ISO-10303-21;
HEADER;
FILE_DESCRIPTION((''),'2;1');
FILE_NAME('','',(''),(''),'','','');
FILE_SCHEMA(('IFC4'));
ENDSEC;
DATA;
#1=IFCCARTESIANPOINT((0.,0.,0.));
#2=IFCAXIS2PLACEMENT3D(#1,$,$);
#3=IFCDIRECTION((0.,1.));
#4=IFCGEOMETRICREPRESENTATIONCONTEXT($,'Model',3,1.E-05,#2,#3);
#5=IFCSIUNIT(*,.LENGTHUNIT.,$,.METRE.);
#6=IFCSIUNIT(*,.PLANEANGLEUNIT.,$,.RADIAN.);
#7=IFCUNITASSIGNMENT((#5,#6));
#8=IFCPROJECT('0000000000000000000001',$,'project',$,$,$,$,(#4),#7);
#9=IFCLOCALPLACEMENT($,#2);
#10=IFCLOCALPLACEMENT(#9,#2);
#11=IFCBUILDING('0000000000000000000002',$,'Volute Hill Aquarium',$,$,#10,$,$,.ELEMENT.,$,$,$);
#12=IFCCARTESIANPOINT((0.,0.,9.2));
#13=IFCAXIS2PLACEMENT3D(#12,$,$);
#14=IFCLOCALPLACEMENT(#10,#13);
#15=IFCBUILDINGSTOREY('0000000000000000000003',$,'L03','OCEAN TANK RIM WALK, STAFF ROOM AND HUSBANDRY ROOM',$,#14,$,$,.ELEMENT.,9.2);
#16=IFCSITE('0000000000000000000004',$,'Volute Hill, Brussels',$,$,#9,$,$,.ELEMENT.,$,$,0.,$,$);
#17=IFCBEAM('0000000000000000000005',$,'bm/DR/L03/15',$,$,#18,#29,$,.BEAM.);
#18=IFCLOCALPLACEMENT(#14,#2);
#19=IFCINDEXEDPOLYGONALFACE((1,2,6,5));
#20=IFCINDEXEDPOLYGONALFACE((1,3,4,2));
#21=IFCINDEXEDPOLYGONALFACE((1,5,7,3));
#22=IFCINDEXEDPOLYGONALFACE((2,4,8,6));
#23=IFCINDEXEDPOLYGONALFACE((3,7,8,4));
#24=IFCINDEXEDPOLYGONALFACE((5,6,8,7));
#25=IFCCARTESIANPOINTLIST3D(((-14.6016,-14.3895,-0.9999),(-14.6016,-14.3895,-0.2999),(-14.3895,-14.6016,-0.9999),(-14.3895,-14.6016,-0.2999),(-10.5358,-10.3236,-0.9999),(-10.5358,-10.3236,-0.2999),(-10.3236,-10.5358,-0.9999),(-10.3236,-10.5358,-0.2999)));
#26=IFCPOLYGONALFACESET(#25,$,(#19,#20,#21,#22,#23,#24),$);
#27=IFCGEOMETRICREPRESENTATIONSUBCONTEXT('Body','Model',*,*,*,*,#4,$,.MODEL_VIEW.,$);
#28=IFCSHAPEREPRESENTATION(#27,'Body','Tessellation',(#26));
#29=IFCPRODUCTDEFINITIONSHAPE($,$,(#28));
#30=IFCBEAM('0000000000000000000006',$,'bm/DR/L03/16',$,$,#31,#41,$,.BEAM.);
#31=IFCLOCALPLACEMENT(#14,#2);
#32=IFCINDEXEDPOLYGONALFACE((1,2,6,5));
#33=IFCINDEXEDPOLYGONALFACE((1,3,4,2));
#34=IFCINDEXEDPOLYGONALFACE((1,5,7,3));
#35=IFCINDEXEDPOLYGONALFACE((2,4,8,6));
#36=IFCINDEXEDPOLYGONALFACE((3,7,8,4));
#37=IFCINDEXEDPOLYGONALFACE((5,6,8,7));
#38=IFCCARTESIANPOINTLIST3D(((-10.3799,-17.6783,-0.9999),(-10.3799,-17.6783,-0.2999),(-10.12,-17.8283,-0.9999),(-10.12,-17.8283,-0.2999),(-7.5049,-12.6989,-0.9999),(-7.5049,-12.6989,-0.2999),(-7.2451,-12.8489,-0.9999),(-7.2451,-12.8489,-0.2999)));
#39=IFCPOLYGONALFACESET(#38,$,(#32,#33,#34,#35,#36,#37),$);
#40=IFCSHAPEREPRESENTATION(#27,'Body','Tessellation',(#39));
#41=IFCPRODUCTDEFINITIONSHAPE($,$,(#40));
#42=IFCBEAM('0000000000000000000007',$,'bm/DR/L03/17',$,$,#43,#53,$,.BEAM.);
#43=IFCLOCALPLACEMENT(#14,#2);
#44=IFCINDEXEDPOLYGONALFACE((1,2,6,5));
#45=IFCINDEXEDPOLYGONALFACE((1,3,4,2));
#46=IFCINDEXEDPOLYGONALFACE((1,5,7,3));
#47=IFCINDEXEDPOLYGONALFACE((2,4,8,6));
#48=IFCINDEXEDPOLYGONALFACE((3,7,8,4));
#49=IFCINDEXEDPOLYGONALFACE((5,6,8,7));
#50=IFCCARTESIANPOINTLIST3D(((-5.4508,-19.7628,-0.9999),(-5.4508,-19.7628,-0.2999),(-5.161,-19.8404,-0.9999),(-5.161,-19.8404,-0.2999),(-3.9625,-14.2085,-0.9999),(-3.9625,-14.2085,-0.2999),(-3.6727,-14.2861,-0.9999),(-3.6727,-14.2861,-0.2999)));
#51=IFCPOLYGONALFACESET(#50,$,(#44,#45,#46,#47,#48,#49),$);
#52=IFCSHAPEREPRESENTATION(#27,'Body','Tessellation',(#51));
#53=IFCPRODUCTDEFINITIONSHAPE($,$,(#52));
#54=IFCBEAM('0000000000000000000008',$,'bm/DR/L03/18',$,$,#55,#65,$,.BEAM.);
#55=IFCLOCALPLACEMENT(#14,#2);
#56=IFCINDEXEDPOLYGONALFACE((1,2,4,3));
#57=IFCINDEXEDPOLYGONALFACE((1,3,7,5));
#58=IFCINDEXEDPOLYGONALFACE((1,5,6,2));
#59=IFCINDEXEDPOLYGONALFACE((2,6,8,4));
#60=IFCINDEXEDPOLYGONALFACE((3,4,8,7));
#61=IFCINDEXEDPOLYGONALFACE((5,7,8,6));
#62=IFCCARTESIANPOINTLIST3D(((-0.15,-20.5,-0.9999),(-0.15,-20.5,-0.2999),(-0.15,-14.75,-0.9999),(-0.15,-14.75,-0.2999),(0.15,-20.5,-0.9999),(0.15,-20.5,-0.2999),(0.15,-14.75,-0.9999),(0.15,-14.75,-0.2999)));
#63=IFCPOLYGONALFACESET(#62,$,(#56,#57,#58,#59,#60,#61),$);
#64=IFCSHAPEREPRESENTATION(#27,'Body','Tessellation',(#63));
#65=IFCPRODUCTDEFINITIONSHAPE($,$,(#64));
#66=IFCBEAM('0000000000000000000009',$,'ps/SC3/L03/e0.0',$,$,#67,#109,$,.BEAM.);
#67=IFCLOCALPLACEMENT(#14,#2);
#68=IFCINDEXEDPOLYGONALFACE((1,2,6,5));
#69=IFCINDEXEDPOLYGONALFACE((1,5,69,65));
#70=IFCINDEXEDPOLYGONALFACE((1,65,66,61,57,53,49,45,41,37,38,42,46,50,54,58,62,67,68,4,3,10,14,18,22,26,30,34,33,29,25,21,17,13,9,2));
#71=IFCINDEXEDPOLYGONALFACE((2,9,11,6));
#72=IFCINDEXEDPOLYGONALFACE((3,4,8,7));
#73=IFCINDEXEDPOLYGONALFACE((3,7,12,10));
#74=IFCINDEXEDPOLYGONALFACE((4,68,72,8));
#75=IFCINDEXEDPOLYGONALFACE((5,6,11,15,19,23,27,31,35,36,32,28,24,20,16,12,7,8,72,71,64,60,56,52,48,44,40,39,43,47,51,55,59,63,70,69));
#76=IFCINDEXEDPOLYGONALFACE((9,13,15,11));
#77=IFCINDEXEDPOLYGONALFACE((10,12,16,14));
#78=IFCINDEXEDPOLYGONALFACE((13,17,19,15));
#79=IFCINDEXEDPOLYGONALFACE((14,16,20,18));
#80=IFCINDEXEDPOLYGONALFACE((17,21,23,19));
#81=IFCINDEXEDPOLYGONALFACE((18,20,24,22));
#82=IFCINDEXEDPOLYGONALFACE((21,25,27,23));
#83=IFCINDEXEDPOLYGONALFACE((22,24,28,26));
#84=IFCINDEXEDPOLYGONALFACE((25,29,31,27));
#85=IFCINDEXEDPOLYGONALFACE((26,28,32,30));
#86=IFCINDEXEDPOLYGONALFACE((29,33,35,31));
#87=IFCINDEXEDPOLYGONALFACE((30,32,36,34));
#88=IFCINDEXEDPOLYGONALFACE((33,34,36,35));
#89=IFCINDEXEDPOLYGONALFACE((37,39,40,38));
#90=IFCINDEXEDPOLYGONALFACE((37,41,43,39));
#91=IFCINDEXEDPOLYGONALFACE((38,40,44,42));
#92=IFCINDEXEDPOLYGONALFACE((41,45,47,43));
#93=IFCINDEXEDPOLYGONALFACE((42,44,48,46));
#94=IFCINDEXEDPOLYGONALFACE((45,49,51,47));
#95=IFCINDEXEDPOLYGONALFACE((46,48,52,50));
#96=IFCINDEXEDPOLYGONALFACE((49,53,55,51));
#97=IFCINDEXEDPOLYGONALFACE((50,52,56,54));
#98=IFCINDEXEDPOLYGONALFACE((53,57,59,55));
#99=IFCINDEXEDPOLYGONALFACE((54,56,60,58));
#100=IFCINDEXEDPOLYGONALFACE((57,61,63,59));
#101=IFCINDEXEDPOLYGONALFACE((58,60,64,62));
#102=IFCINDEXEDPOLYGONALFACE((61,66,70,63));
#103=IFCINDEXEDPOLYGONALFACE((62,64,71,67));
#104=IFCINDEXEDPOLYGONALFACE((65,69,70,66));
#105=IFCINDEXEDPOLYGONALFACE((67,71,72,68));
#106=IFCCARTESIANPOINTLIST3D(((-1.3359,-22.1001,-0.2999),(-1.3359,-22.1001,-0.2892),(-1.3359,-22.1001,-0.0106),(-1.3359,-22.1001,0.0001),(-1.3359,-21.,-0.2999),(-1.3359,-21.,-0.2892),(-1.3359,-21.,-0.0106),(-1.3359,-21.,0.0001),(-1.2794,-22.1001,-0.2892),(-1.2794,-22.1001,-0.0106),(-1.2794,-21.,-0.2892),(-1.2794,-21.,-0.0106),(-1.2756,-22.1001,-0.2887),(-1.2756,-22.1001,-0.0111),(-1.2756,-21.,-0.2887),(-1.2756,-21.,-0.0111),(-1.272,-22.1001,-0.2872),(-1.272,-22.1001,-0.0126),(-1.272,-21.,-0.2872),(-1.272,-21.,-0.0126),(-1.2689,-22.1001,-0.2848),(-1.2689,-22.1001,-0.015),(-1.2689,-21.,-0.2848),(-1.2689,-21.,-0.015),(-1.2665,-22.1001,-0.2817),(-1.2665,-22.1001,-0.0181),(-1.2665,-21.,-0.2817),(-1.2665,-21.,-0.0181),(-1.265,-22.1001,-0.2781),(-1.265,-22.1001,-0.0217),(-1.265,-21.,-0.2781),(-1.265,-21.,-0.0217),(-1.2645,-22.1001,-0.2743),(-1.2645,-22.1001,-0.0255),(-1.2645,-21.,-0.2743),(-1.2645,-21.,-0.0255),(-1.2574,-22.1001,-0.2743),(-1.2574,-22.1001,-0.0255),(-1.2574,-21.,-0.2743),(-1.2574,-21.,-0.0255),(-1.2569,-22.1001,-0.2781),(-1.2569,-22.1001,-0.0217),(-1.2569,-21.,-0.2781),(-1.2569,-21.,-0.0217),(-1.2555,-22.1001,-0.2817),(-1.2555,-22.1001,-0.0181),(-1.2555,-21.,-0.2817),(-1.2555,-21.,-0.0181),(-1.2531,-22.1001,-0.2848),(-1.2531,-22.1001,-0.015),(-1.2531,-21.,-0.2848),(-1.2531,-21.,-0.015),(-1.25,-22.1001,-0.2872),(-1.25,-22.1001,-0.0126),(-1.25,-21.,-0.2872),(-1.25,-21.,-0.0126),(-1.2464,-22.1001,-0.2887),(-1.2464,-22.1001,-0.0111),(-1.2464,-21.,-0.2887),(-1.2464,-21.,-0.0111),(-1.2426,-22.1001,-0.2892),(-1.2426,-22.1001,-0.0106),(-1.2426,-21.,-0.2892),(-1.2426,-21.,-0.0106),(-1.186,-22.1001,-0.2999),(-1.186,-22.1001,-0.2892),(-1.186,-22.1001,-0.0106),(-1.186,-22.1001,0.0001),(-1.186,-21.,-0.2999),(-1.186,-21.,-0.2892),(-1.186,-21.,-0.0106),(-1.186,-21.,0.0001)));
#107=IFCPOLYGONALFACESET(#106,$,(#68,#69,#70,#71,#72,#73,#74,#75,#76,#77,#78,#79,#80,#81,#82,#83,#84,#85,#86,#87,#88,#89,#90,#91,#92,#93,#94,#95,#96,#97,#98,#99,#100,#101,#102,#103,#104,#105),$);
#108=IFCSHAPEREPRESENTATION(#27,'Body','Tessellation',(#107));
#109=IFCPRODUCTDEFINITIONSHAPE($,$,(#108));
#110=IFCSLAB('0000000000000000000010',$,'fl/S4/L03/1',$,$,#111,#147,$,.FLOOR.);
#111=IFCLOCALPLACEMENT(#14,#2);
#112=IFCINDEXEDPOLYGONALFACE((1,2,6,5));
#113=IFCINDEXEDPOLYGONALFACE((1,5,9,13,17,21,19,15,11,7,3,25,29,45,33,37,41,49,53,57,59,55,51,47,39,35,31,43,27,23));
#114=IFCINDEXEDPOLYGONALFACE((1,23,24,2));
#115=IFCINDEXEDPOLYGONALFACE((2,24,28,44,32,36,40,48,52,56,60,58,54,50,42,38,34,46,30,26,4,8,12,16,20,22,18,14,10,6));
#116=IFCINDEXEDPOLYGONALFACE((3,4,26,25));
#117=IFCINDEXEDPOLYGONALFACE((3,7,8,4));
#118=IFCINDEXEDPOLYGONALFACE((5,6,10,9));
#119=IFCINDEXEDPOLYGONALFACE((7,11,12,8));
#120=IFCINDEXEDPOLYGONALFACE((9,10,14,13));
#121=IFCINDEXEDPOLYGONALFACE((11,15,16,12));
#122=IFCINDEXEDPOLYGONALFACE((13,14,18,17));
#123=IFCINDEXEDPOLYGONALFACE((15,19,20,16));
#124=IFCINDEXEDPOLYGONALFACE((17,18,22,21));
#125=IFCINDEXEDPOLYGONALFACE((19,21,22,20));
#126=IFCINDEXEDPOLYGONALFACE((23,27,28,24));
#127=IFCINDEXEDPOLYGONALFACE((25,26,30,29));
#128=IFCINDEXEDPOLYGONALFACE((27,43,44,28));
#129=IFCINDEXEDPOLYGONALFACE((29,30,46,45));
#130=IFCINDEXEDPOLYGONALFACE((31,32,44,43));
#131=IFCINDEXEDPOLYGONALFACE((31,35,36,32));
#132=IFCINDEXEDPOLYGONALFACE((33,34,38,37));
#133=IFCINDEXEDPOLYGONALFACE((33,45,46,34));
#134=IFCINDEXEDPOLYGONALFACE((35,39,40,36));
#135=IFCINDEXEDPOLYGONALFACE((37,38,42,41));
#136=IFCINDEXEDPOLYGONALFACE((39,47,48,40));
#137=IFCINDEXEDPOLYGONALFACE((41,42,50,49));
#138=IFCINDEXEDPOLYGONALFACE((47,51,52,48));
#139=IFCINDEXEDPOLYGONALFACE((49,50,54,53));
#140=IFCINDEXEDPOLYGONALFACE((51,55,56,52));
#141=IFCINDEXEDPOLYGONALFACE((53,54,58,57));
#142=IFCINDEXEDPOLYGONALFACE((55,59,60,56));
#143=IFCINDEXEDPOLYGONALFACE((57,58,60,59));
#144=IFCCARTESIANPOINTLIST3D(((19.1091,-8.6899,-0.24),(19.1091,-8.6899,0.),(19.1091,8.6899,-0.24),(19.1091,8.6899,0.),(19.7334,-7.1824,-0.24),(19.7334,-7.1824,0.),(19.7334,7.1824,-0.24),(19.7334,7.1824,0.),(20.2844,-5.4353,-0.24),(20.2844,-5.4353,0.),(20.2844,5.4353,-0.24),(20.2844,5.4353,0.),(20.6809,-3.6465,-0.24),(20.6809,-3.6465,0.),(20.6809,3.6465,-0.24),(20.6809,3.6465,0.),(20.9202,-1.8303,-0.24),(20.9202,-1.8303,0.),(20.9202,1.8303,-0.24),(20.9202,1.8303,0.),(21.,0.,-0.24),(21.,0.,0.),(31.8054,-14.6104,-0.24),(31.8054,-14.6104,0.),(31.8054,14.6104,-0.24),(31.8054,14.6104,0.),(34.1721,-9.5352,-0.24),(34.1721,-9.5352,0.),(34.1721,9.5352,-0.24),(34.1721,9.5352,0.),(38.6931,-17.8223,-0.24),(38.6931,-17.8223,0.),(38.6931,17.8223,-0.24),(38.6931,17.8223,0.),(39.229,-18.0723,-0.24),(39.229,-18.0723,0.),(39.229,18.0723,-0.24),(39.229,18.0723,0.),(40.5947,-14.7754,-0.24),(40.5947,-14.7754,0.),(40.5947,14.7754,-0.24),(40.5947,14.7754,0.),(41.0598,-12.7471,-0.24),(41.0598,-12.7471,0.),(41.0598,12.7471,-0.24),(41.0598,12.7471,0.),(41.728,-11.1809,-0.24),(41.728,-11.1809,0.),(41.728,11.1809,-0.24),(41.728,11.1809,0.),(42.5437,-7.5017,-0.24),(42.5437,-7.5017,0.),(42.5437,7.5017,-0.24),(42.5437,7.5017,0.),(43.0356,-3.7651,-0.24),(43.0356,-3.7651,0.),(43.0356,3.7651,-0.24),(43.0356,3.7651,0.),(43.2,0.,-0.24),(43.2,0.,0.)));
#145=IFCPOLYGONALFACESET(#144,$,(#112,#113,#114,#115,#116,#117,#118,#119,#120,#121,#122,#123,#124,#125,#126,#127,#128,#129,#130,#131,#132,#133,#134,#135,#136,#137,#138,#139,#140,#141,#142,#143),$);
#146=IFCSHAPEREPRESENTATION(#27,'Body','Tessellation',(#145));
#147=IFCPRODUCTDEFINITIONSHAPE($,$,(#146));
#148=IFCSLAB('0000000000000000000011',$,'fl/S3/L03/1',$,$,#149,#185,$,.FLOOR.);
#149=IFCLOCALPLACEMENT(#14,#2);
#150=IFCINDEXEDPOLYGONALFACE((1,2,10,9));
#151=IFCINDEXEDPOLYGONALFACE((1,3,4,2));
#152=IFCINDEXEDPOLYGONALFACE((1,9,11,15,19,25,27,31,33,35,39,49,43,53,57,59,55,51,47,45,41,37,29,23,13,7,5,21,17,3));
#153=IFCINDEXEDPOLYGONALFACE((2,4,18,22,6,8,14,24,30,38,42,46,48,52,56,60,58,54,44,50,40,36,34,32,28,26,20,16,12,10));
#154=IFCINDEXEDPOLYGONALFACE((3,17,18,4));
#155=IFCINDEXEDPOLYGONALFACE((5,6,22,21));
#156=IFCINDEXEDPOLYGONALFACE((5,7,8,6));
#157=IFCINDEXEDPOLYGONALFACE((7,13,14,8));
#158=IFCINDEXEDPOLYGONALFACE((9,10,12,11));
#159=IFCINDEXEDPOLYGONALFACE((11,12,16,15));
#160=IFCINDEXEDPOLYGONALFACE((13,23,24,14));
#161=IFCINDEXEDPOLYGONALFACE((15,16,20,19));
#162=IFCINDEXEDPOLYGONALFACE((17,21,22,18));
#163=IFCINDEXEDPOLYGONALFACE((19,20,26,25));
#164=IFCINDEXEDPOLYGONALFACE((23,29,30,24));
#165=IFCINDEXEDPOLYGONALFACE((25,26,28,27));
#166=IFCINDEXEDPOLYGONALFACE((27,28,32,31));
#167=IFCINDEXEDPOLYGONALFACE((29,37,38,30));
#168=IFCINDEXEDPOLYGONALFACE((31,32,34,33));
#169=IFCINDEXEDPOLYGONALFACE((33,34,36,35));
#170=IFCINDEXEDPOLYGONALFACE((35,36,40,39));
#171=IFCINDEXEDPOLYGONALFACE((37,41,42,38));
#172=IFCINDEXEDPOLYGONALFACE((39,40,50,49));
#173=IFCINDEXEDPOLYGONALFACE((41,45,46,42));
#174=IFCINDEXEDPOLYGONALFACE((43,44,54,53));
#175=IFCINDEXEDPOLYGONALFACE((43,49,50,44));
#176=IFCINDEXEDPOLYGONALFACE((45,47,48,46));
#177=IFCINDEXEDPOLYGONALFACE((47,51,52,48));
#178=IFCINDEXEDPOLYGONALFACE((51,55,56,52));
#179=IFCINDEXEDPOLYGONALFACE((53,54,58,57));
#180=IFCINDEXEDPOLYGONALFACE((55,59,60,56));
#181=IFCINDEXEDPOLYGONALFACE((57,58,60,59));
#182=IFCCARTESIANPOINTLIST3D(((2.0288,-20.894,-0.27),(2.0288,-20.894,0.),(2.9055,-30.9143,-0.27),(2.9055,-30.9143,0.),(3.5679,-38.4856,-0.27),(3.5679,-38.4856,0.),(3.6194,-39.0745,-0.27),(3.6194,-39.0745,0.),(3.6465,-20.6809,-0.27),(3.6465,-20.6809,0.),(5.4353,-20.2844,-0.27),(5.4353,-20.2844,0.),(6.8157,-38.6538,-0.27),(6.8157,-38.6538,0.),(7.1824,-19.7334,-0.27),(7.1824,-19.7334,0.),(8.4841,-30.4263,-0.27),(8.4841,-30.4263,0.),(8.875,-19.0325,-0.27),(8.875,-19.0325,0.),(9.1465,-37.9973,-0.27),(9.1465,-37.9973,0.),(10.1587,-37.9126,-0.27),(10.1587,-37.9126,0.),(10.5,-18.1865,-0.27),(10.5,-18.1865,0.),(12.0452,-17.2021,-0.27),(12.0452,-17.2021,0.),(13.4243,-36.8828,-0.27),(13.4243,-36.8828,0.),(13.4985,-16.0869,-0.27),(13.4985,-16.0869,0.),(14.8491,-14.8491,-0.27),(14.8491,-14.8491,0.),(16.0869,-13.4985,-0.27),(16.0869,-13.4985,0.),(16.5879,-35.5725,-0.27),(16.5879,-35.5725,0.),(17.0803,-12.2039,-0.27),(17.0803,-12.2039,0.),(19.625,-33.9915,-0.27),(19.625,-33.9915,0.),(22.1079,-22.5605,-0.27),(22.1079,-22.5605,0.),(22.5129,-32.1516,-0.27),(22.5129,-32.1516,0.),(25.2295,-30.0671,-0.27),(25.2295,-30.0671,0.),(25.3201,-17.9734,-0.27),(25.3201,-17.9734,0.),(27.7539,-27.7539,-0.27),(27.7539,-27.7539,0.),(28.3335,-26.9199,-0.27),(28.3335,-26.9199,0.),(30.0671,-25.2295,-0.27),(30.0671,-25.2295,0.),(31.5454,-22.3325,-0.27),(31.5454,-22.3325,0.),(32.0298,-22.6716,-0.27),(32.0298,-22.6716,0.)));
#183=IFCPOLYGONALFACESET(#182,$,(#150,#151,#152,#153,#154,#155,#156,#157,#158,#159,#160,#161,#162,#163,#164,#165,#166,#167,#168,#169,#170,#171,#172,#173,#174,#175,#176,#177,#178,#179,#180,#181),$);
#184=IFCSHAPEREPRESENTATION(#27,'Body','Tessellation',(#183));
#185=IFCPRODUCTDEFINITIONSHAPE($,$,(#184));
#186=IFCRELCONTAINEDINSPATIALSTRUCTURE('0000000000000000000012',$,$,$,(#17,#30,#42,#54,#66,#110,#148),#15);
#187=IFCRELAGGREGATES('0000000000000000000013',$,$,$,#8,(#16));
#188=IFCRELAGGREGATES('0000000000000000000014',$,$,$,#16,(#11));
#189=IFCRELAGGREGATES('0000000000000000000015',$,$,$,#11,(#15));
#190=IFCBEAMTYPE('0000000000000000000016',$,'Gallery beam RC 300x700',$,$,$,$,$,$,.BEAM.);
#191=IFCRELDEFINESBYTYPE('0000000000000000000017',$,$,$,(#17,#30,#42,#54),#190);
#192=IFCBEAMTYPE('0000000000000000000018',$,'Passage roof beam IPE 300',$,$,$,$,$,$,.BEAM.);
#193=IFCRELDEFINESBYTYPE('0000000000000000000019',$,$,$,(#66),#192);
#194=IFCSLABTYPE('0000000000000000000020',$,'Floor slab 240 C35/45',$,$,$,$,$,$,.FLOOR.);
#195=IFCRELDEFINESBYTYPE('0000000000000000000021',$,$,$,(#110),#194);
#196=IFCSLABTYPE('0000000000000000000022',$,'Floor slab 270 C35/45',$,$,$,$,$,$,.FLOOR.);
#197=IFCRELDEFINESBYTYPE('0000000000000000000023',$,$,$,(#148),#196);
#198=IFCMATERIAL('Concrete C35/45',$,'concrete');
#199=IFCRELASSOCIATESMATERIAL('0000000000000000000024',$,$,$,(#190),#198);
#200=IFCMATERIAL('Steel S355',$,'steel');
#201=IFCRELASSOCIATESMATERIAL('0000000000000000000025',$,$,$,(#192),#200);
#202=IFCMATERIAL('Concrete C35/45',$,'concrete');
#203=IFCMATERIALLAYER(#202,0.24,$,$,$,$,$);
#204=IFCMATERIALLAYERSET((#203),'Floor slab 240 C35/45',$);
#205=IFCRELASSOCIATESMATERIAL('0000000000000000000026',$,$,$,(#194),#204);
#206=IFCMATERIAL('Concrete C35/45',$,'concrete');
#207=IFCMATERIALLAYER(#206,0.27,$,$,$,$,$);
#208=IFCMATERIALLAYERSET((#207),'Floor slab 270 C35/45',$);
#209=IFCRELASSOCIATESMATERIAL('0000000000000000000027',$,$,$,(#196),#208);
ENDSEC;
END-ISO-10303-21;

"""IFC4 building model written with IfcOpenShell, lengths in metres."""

from ifc_helpers import new_model, si_unit, direction, frame, origin, origin_2d, place, context, subcontext, project, spatial, polyline, rectangle, i_section, outline, extrude, material, layer, layer_set, material_profile, profile_set, type_object, element, save


model = new_model("IFC4")

# Units and contexts
model_context = context("Model", 3, precision=1e-05, world=origin(), true_north=direction((0.0, 1.0)))
body_context = subcontext(model_context, "Body", "Model", "MODEL_VIEW")
ifc_project = project(units=[si_unit("LENGTHUNIT", "METRE"), si_unit("PLANEANGLEUNIT", "RADIAN")], contexts=[model_context])

# Site, building, storey
site_placement = place(None, origin())
site = spatial("IfcSite", under=ifc_project, at=site_placement, Name="Volute Hill, Brussels", CompositionType="ELEMENT", RefElevation=0.0)
building_placement = place(site_placement, origin())
building = spatial("IfcBuilding", under=site, at=building_placement, Name="Volute Hill Aquarium", CompositionType="ELEMENT")
storey_placement = place(building_placement, frame((0.0, 0.0, 9.2)))
storey = spatial("IfcBuildingStorey", under=building, at=storey_placement, Name="L03", Description="OCEAN TANK RIM WALK, STAFF ROOM AND HUSBANDRY ROOM", CompositionType="ELEMENT", Elevation=9.2)

# Beams
ifc_material_1 = material(Name="Concrete C35/45", Category="concrete")
ifc_material_profile_1 = material_profile(ifc_material_1, rectangle(XDim=0.3, YDim=0.7, at=origin_2d()), Name="RC beam 300x700")
ifc_profile_set_1 = profile_set([ifc_material_profile_1], Name="Concrete C35/45")
beam_type_1 = type_object("IfcBeamType", Name="Gallery beam RC 300x700", PredefinedType="BEAM", material=ifc_profile_set_1)
beam_1_placement = place(storey_placement, frame((-10.4297, -10.4297, -0.6499), z_axis=(-0.707107, -0.707107, 0.0), x_axis=(0.707107, -0.707107, 0.0)))
element("IfcBeam", 1, at=beam_1_placement, inside=storey, type_object=beam_type_1, Name="bm/DR/L03/15", PredefinedType="BEAM", context=body_context, shape_type="SweptSolid", body=[
    extrude(rectangle(XDim=0.3, YDim=0.7, at=origin_2d()), origin(), (0.0, 0.0, 1.0), 5.75),
])
beam_2_placement = place(storey_placement, frame((-7.375, -12.7739, -0.6499), z_axis=(-0.500012, -0.866019, 0.0), x_axis=(0.866019, -0.500012, 0.0)))
element("IfcBeam", 2, at=beam_2_placement, inside=storey, type_object=beam_type_1, Name="bm/DR/L03/16", PredefinedType="BEAM", context=body_context, shape_type="SweptSolid", body=[
    extrude(rectangle(XDim=0.3, YDim=0.7, at=origin_2d()), origin(), (0.0, 0.0, 1.0), 5.7498),
])
beam_3_placement = place(storey_placement, frame((-3.8176, -14.2473, -0.6499), z_axis=(-0.258825, -0.965924, 0.0), x_axis=(0.965924, -0.258825, 0.0)))
element("IfcBeam", 3, at=beam_3_placement, inside=storey, type_object=beam_type_1, Name="bm/DR/L03/17", PredefinedType="BEAM", context=body_context, shape_type="SweptSolid", body=[
    extrude(rectangle(XDim=0.3, YDim=0.7, at=origin_2d()), origin(), (0.0, 0.0, 1.0), 5.7502),
])
beam_4_placement = place(storey_placement, frame((0.0, -14.75, -0.6499), z_axis=(0.0, -1.0, 0.0), x_axis=(1.0, 0.0, 0.0)))
element("IfcBeam", 4, at=beam_4_placement, inside=storey, type_object=beam_type_1, Name="bm/DR/L03/18", PredefinedType="BEAM", context=body_context, shape_type="SweptSolid", body=[
    extrude(rectangle(XDim=0.3, YDim=0.7, at=origin_2d()), origin(), (0.0, 0.0, 1.0), 5.75),
])
ifc_material_2 = material(Name="Steel S355", Category="steel")
ifc_material_profile_2 = material_profile(ifc_material_2, i_section(OverallWidth=0.1499, OverallDepth=0.3, WebThickness=0.0071, FlangeThickness=0.0107, FilletRadius=0.0149, at=origin_2d()), Name="IPE 300")
ifc_profile_set_2 = profile_set([ifc_material_profile_2], Name="Steel S355")
beam_type_2 = type_object("IfcBeamType", Name="Passage roof beam IPE 300", PredefinedType="BEAM", material=ifc_profile_set_2)
beam_5_placement = place(storey_placement, frame((-1.261, -21.0, -0.1499), z_axis=(0.0, -1.0, 0.0), x_axis=(1.0, 0.0, 0.0)))
element("IfcBeam", 5, at=beam_5_placement, inside=storey, type_object=beam_type_2, Name="ps/SC3/L03/e0.0", PredefinedType="BEAM", context=body_context, shape_type="SweptSolid", body=[
    extrude(i_section(OverallWidth=0.1499, OverallDepth=0.3, WebThickness=0.0071, FlangeThickness=0.0107, FilletRadius=0.0149, at=origin_2d()), origin(), (0.0, 0.0, 1.0), 1.1001),
])

# Slabs
ifc_material_3 = material(Name="Concrete C35/45", Category="concrete")
ifc_layer_1 = layer(ifc_material_3, 0.24)
ifc_layer_set_1 = layer_set([ifc_layer_1], Name="Floor slab 240 C35/45")
slab_type_1 = type_object("IfcSlabType", Name="Floor slab 240 C35/45", PredefinedType="FLOOR", material=ifc_layer_set_1)
slab_1_placement = place(storey_placement, frame((0.0, 0.0, -0.24)))
element("IfcSlab", 6, at=slab_1_placement, inside=storey, type_object=slab_type_1, Name="fl/S4/L03/1", PredefinedType="FLOOR", context=body_context, shape_type="SweptSolid", body=[
    extrude(outline(polyline([(40.5947, 14.7754), (41.728, 11.1809), (42.5437, 7.5017), (43.0356, 3.7651), (43.2, 0.0), (43.0356, -3.7651), (42.5437, -7.5017), (41.728, -11.1809), (40.5947, -14.7754), (39.229, -18.0723), (38.6931, -17.8223), (41.0598, -12.7471), (34.1721, -9.5352), (31.8054, -14.6104), (19.1091, -8.6899), (19.7334, -7.1824), (20.2844, -5.4353), (20.6809, -3.6465), (20.9202, -1.8303), (21.0, 0.0), (20.9202, 1.8303), (20.6809, 3.6465), (20.2844, 5.4353), (19.7334, 7.1824), (19.1091, 8.6899), (31.8054, 14.6104), (34.1721, 9.5352), (41.0598, 12.7471), (38.6931, 17.8223), (39.229, 18.0723), (40.5947, 14.7754)])), origin(), (0.0, 0.0, 1.0), 0.24),
])
ifc_material_4 = material(Name="Concrete C35/45", Category="concrete")
ifc_layer_2 = layer(ifc_material_4, 0.27)
ifc_layer_set_2 = layer_set([ifc_layer_2], Name="Floor slab 270 C35/45")
slab_type_2 = type_object("IfcSlabType", Name="Floor slab 270 C35/45", PredefinedType="FLOOR", material=ifc_layer_set_2)
slab_2_placement = place(storey_placement, frame((0.0, 0.0, -0.27)))
element("IfcSlab", 7, at=slab_2_placement, inside=storey, type_object=slab_type_2, Name="fl/S3/L03/1", PredefinedType="FLOOR", context=body_context, shape_type="SweptSolid", body=[
    extrude(outline(polyline([(30.0671, -25.2295), (27.7539, -27.7539), (25.2295, -30.0671), (22.5129, -32.1516), (19.625, -33.9915), (16.5879, -35.5725), (13.4243, -36.8828), (10.1587, -37.9126), (6.8157, -38.6538), (3.6194, -39.0745), (3.5679, -38.4856), (9.1465, -37.9973), (8.4841, -30.4263), (2.9055, -30.9143), (2.0288, -20.894), (3.6465, -20.6809), (5.4353, -20.2844), (7.1824, -19.7334), (8.875, -19.0325), (10.5, -18.1865), (12.0452, -17.2021), (13.4985, -16.0869), (14.8491, -14.8491), (16.0869, -13.4985), (17.0803, -12.2039), (25.3201, -17.9734), (22.1079, -22.5605), (28.3335, -26.9199), (31.5454, -22.3325), (26.3708, -18.7092), (32.0298, -22.6716), (30.0671, -25.2295)])), origin(), (0.0, 0.0, 1.0), 0.27),
])

save(model, "model.ifc")
